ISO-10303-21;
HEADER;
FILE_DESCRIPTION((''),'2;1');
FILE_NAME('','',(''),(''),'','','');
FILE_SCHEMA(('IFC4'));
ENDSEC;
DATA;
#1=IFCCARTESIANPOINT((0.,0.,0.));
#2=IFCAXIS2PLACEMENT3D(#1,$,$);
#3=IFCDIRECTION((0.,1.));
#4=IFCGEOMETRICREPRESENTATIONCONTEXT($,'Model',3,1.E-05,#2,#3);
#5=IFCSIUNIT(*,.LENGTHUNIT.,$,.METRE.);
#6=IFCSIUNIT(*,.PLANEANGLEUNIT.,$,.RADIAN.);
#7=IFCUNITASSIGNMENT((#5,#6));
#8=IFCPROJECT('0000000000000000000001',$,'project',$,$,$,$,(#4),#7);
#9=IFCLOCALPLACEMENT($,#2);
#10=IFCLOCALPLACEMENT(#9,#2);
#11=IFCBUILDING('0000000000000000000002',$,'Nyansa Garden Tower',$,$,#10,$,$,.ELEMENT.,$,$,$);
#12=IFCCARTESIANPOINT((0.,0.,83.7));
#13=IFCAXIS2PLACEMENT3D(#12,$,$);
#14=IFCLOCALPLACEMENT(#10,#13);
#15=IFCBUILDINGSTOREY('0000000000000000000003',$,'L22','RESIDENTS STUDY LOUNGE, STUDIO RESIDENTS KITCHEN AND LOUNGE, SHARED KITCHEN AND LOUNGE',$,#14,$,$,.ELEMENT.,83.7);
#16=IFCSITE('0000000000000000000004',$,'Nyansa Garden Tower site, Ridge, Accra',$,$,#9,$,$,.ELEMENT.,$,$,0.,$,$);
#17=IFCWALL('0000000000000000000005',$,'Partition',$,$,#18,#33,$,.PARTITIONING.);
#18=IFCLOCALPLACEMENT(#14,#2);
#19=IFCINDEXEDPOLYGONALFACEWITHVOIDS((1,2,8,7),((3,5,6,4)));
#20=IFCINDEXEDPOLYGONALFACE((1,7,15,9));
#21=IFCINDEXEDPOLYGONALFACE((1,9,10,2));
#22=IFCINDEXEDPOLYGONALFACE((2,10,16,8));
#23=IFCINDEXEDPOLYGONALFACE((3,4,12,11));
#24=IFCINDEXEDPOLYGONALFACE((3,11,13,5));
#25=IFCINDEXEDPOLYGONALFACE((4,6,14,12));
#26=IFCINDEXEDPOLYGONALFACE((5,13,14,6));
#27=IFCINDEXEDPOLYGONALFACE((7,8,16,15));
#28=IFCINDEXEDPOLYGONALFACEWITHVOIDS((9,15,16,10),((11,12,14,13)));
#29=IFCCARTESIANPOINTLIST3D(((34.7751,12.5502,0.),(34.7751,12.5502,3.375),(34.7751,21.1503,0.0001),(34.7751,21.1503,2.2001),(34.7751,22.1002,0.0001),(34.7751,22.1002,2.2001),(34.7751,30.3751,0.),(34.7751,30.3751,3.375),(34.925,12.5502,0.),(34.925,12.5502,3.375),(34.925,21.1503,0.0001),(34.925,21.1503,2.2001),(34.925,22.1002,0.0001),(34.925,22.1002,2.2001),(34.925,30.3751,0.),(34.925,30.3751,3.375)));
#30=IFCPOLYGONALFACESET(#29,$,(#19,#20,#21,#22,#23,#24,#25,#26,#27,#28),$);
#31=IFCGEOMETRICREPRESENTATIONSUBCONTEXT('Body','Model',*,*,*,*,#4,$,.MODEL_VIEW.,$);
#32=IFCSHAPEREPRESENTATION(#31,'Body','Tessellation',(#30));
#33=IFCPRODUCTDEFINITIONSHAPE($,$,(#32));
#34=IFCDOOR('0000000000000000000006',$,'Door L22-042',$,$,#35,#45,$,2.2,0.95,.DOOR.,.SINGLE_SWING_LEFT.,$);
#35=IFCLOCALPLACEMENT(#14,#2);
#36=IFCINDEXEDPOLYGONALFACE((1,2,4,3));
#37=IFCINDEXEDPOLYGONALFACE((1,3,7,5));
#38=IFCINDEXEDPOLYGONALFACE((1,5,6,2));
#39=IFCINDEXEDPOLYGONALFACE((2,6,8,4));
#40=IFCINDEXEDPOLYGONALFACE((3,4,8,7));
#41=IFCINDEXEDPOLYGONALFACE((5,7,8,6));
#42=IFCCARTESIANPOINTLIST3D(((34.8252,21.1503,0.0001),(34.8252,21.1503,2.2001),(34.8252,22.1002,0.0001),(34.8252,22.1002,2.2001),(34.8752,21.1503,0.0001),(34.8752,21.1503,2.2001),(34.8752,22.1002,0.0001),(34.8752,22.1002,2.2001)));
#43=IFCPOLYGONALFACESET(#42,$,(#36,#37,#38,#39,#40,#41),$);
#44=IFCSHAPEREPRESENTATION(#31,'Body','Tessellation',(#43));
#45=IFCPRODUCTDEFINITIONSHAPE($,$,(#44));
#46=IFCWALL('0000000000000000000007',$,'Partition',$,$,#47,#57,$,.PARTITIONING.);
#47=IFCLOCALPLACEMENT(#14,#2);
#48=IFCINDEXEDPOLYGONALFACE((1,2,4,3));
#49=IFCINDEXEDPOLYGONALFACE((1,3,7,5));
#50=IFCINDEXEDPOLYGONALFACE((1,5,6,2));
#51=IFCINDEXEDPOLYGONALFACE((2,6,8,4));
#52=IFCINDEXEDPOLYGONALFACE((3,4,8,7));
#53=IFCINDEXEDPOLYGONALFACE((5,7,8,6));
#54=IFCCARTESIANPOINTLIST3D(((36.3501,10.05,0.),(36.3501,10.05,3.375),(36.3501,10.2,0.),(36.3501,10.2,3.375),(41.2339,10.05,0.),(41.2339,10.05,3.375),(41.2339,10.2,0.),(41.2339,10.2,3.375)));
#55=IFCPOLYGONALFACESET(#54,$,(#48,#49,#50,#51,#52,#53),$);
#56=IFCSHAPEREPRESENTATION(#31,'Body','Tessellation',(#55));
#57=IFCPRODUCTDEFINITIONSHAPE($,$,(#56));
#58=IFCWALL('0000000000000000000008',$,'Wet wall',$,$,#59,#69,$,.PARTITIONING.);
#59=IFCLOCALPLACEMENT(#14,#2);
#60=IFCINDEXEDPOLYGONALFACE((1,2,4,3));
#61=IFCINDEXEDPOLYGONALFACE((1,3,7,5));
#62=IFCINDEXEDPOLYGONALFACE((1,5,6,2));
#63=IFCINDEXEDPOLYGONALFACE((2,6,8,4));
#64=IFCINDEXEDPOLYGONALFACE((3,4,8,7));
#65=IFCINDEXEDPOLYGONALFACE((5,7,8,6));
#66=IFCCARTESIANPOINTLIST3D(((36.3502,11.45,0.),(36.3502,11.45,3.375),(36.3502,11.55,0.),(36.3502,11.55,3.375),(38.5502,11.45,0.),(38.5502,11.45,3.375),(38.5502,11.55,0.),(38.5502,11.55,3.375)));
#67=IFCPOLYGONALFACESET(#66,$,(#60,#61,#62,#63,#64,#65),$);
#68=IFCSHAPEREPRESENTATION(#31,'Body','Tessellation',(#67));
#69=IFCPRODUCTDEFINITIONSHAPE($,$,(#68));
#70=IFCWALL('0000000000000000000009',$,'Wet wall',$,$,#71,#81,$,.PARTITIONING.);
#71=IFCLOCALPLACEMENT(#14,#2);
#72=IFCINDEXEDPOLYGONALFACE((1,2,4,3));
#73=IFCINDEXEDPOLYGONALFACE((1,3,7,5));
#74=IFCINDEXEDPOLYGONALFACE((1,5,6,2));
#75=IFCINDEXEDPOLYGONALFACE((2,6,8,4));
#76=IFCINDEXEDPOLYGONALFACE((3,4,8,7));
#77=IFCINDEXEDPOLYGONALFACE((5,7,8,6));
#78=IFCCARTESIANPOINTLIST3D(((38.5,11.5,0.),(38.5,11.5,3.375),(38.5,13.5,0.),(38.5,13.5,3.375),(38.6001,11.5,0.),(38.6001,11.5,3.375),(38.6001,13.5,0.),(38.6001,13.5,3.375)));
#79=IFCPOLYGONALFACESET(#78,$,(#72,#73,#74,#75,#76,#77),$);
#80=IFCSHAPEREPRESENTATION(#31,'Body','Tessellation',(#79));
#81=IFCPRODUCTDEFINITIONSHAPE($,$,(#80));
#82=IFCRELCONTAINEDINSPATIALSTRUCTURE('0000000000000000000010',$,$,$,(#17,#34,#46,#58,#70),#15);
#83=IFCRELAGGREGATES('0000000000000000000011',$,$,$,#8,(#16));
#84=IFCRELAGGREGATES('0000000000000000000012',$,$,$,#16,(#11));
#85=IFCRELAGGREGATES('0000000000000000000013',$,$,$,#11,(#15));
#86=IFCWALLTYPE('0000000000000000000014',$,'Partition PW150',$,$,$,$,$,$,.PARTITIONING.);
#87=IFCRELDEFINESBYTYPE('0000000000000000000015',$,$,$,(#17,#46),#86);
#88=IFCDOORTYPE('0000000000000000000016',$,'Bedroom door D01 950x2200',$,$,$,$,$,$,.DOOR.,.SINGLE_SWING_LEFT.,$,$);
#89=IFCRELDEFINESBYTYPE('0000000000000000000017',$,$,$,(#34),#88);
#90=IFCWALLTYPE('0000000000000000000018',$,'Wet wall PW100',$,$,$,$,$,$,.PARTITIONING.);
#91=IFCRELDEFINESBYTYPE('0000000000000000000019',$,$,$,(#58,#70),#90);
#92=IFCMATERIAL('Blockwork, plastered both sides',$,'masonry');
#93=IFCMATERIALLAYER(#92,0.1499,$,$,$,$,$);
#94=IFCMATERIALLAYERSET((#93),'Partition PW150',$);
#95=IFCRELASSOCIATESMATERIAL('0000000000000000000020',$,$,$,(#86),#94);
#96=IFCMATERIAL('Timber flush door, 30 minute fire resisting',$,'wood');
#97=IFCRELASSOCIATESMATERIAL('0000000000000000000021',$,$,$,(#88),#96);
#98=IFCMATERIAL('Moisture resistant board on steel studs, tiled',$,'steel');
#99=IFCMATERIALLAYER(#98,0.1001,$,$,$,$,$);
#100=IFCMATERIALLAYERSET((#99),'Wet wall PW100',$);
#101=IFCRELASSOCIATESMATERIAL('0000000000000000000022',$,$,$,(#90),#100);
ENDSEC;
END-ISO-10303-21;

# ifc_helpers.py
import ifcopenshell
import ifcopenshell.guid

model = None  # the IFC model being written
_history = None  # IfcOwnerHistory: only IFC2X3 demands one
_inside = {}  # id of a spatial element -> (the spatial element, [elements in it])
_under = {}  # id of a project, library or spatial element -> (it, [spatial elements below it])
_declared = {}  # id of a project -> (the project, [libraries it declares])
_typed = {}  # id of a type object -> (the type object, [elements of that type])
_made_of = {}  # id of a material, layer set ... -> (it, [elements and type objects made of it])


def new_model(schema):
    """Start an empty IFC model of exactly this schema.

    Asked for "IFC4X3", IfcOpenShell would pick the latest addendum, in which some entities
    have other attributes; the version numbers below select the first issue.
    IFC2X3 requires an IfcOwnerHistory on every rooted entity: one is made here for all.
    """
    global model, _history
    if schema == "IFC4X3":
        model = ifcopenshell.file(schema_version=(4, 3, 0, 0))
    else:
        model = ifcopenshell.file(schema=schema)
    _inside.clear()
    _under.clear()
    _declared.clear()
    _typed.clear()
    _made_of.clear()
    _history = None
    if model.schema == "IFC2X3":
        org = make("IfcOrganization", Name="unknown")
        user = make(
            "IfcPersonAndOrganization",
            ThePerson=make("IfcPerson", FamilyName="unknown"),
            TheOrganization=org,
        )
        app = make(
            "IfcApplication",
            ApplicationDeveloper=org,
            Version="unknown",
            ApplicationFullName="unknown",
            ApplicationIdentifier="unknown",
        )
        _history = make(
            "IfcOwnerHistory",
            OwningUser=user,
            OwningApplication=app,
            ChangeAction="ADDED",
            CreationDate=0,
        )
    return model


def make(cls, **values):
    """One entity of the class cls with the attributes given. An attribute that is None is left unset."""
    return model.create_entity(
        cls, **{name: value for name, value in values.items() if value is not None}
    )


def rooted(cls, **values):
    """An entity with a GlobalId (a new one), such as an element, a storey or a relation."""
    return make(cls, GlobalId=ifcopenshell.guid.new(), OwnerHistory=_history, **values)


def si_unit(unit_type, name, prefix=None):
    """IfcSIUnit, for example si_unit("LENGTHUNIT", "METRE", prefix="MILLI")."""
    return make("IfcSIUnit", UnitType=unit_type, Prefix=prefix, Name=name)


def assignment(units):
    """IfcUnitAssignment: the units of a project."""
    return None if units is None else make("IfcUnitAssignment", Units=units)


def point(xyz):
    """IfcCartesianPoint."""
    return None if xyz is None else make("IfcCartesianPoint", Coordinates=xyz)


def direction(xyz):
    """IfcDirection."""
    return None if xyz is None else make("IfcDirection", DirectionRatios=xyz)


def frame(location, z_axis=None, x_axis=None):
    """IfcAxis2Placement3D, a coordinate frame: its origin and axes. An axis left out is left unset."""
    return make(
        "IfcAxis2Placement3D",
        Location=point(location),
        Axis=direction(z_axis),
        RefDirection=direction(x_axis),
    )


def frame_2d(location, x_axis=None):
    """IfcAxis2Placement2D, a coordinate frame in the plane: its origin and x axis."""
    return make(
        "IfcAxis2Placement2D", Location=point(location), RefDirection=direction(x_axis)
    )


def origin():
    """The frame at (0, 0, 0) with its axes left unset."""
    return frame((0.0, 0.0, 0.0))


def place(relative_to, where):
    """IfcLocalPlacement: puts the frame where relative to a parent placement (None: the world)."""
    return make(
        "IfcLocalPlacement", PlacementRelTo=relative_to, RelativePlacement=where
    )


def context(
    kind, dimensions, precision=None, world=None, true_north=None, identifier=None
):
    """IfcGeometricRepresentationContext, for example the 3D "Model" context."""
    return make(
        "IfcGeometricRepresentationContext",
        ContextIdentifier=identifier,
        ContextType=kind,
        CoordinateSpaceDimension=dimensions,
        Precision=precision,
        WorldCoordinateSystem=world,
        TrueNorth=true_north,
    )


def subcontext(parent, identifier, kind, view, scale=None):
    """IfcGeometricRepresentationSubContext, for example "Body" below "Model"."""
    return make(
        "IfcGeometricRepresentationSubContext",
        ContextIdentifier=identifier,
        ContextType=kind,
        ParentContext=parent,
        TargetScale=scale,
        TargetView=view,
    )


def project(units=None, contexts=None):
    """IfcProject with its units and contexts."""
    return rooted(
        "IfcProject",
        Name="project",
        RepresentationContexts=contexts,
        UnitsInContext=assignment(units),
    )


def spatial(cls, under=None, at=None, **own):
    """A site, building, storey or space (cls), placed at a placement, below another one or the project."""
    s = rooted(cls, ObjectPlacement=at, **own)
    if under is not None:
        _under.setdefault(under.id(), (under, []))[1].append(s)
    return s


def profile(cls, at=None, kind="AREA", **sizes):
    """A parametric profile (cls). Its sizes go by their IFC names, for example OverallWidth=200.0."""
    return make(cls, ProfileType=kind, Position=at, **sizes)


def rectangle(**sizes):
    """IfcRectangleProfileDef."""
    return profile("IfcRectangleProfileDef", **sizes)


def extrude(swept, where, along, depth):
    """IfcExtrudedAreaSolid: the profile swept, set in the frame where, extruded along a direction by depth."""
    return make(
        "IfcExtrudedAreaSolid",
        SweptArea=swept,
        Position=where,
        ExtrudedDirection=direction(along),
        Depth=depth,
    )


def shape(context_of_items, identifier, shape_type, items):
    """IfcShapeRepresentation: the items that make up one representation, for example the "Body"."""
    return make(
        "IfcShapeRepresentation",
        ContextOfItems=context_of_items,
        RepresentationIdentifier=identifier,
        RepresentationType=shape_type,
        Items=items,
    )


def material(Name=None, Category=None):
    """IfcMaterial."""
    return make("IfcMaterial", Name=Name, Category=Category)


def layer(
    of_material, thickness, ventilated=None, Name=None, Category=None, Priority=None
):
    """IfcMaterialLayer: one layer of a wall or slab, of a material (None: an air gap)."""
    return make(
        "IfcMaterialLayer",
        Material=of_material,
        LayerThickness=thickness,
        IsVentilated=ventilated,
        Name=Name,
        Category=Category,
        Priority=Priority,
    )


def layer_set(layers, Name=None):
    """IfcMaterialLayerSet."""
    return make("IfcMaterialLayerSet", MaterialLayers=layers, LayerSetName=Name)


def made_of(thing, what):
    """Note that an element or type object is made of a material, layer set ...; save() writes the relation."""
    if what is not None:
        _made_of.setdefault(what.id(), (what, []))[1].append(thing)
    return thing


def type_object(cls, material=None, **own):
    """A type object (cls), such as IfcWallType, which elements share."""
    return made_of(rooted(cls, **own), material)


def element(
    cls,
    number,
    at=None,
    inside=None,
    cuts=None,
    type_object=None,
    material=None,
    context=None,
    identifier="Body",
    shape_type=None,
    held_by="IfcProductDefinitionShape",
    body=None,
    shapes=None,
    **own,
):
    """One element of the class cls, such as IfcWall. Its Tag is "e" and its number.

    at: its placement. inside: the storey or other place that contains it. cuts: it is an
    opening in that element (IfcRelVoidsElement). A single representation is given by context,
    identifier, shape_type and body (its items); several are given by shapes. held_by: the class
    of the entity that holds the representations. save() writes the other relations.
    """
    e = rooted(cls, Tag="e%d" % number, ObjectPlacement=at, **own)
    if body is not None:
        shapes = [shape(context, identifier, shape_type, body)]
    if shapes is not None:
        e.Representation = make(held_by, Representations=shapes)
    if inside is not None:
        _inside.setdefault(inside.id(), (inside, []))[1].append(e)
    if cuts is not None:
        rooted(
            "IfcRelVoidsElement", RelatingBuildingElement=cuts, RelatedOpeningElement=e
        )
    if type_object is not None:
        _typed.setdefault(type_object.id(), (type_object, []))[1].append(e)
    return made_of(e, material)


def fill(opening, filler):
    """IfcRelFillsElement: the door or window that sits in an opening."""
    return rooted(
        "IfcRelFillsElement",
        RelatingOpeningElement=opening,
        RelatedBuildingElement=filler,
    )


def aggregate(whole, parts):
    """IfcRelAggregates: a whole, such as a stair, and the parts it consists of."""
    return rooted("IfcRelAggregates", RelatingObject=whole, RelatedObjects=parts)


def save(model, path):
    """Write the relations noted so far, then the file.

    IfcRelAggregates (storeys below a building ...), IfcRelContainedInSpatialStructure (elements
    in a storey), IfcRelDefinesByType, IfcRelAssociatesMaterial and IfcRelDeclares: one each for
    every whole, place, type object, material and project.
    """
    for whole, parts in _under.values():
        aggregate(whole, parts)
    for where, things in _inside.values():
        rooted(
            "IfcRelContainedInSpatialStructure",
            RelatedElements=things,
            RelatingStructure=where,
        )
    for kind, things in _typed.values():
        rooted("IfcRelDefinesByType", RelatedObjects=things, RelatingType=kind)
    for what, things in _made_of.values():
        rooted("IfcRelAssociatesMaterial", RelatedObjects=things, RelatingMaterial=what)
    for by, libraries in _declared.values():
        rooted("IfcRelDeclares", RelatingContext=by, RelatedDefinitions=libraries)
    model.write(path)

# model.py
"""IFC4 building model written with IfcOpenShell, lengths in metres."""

from ifc_helpers import new_model, si_unit, direction, frame, frame_2d, origin, place, context, subcontext, project, spatial, rectangle, extrude, material, layer, layer_set, type_object, element, fill, save


model = new_model("IFC4")

# Units and contexts
model_context = context("Model", 3, precision=1e-05, world=origin(), true_north=direction((0.0, 1.0)))
body_context = subcontext(model_context, "Body", "Model", "MODEL_VIEW")
ifc_project = project(units=[si_unit("LENGTHUNIT", "METRE"), si_unit("PLANEANGLEUNIT", "RADIAN")], contexts=[model_context])

# Site, building, storey
site_placement = place(None, origin())
site = spatial("IfcSite", under=ifc_project, at=site_placement, Name="Nyansa Garden Tower site, Ridge, Accra", CompositionType="ELEMENT", RefElevation=0.0)
building_placement = place(site_placement, origin())
building = spatial("IfcBuilding", under=site, at=building_placement, Name="Nyansa Garden Tower", CompositionType="ELEMENT")
storey_placement = place(building_placement, frame((0.0, 0.0, 83.7)))
storey = spatial("IfcBuildingStorey", under=building, at=storey_placement, Name="L22", Description="RESIDENTS STUDY LOUNGE, STUDIO RESIDENTS KITCHEN AND LOUNGE, SHARED KITCHEN AND LOUNGE", CompositionType="ELEMENT", Elevation=83.7)

# Shared definitions
ifc_material_1 = material(Name="Blockwork, plastered both sides", Category="masonry")
ifc_layer_1 = layer(ifc_material_1, 0.1499)
ifc_layer_set_1 = layer_set([ifc_layer_1], Name="Partition PW150")
wall_type_1 = type_object("IfcWallType", Name="Partition PW150", PredefinedType="PARTITIONING", material=ifc_layer_set_1)

# Wall, opening, door
wall_1_placement = place(storey_placement, frame((34.8501, 12.55, 0.0), z_axis=(0.0, 0.0, 1.0), x_axis=(0.0, 1.0, 0.0)))
wall_1 = element("IfcWall", 1, at=wall_1_placement, inside=storey, type_object=wall_type_1, Name="Partition", PredefinedType="PARTITIONING", context=body_context, shape_type="SweptSolid", body=[
    extrude(rectangle(XDim=17.825, YDim=0.1499, at=frame_2d((8.9126, 0.0))), origin(), (0.0, 0.0, 1.0), 3.375),
])
opening_1_placement = place(wall_1_placement, frame((8.6001, 0.0, 0.0)))
opening_1 = element("IfcOpeningElement", 2, at=opening_1_placement, cuts=wall_1, PredefinedType="OPENING", context=body_context, shape_type="SweptSolid", body=[
    extrude(rectangle(XDim=0.95, YDim=2.2, at=frame_2d((0.4751, 1.1001))), frame((0.0, 0.085, 0.0), z_axis=(0.0, -1.0, 0.0), x_axis=(1.0, 0.0, 0.0)), (0.0, 0.0, 1.0), 0.1699),
])
ifc_material_2 = material(Name="Timber flush door, 30 minute fire resisting", Category="wood")
door_type_1 = type_object("IfcDoorType", Name="Bedroom door D01 950x2200", OperationType="SINGLE_SWING_LEFT", PredefinedType="DOOR", material=ifc_material_2)
door_1_placement = place(opening_1_placement, origin())
door_1 = element("IfcDoor", 3, at=door_1_placement, inside=storey, type_object=door_type_1, Name="Door L22-042", OperationType="SINGLE_SWING_LEFT", OverallHeight=2.2, OverallWidth=0.95, PredefinedType="DOOR", context=body_context, shape_type="SweptSolid", body=[
    extrude(rectangle(XDim=0.95, YDim=2.2, at=frame_2d((0.4751, 1.1001))), frame((0.0, 0.0249, 0.0), z_axis=(0.0, -1.0, 0.0), x_axis=(1.0, 0.0, 0.0)), (0.0, 0.0, 1.0), 0.05),
])
fill(opening_1, door_1)

# Walls
wall_2_placement = place(storey_placement, frame((36.3501, 10.125, 0.0), z_axis=(0.0, 0.0, 1.0), x_axis=(1.0, 0.0, 0.0)))
element("IfcWall", 4, at=wall_2_placement, inside=storey, type_object=wall_type_1, Name="Partition", PredefinedType="PARTITIONING", context=body_context, shape_type="SweptSolid", body=[
    extrude(rectangle(XDim=4.8838, YDim=0.1499, at=frame_2d((2.4419, 0.0))), origin(), (0.0, 0.0, 1.0), 3.375),
])
ifc_material_3 = material(Name="Moisture resistant board on steel studs, tiled", Category="steel")
ifc_layer_2 = layer(ifc_material_3, 0.1001)
ifc_layer_set_2 = layer_set([ifc_layer_2], Name="Wet wall PW100")
wall_type_2 = type_object("IfcWallType", Name="Wet wall PW100", PredefinedType="PARTITIONING", material=ifc_layer_set_2)
wall_3_placement = place(storey_placement, frame((36.3501, 11.5, 0.0), z_axis=(0.0, 0.0, 1.0), x_axis=(1.0, 0.0, 0.0)))
element("IfcWall", 5, at=wall_3_placement, inside=storey, type_object=wall_type_2, Name="Wet wall", PredefinedType="PARTITIONING", context=body_context, shape_type="SweptSolid", body=[
    extrude(rectangle(XDim=2.2, YDim=0.1001, at=frame_2d((1.1001, 0.0))), origin(), (0.0, 0.0, 1.0), 3.375),
])
wall_4_placement = place(storey_placement, frame((38.55, 11.5, 0.0), z_axis=(0.0, 0.0, 1.0), x_axis=(0.0, 1.0, 0.0)))
element("IfcWall", 6, at=wall_4_placement, inside=storey, type_object=wall_type_2, Name="Wet wall", PredefinedType="PARTITIONING", context=body_context, shape_type="SweptSolid", body=[
    extrude(rectangle(XDim=2.0, YDim=0.1001, at=frame_2d((1.0, 0.0))), origin(), (0.0, 0.0, 1.0), 3.375),
])

save(model, "model.ifc")
